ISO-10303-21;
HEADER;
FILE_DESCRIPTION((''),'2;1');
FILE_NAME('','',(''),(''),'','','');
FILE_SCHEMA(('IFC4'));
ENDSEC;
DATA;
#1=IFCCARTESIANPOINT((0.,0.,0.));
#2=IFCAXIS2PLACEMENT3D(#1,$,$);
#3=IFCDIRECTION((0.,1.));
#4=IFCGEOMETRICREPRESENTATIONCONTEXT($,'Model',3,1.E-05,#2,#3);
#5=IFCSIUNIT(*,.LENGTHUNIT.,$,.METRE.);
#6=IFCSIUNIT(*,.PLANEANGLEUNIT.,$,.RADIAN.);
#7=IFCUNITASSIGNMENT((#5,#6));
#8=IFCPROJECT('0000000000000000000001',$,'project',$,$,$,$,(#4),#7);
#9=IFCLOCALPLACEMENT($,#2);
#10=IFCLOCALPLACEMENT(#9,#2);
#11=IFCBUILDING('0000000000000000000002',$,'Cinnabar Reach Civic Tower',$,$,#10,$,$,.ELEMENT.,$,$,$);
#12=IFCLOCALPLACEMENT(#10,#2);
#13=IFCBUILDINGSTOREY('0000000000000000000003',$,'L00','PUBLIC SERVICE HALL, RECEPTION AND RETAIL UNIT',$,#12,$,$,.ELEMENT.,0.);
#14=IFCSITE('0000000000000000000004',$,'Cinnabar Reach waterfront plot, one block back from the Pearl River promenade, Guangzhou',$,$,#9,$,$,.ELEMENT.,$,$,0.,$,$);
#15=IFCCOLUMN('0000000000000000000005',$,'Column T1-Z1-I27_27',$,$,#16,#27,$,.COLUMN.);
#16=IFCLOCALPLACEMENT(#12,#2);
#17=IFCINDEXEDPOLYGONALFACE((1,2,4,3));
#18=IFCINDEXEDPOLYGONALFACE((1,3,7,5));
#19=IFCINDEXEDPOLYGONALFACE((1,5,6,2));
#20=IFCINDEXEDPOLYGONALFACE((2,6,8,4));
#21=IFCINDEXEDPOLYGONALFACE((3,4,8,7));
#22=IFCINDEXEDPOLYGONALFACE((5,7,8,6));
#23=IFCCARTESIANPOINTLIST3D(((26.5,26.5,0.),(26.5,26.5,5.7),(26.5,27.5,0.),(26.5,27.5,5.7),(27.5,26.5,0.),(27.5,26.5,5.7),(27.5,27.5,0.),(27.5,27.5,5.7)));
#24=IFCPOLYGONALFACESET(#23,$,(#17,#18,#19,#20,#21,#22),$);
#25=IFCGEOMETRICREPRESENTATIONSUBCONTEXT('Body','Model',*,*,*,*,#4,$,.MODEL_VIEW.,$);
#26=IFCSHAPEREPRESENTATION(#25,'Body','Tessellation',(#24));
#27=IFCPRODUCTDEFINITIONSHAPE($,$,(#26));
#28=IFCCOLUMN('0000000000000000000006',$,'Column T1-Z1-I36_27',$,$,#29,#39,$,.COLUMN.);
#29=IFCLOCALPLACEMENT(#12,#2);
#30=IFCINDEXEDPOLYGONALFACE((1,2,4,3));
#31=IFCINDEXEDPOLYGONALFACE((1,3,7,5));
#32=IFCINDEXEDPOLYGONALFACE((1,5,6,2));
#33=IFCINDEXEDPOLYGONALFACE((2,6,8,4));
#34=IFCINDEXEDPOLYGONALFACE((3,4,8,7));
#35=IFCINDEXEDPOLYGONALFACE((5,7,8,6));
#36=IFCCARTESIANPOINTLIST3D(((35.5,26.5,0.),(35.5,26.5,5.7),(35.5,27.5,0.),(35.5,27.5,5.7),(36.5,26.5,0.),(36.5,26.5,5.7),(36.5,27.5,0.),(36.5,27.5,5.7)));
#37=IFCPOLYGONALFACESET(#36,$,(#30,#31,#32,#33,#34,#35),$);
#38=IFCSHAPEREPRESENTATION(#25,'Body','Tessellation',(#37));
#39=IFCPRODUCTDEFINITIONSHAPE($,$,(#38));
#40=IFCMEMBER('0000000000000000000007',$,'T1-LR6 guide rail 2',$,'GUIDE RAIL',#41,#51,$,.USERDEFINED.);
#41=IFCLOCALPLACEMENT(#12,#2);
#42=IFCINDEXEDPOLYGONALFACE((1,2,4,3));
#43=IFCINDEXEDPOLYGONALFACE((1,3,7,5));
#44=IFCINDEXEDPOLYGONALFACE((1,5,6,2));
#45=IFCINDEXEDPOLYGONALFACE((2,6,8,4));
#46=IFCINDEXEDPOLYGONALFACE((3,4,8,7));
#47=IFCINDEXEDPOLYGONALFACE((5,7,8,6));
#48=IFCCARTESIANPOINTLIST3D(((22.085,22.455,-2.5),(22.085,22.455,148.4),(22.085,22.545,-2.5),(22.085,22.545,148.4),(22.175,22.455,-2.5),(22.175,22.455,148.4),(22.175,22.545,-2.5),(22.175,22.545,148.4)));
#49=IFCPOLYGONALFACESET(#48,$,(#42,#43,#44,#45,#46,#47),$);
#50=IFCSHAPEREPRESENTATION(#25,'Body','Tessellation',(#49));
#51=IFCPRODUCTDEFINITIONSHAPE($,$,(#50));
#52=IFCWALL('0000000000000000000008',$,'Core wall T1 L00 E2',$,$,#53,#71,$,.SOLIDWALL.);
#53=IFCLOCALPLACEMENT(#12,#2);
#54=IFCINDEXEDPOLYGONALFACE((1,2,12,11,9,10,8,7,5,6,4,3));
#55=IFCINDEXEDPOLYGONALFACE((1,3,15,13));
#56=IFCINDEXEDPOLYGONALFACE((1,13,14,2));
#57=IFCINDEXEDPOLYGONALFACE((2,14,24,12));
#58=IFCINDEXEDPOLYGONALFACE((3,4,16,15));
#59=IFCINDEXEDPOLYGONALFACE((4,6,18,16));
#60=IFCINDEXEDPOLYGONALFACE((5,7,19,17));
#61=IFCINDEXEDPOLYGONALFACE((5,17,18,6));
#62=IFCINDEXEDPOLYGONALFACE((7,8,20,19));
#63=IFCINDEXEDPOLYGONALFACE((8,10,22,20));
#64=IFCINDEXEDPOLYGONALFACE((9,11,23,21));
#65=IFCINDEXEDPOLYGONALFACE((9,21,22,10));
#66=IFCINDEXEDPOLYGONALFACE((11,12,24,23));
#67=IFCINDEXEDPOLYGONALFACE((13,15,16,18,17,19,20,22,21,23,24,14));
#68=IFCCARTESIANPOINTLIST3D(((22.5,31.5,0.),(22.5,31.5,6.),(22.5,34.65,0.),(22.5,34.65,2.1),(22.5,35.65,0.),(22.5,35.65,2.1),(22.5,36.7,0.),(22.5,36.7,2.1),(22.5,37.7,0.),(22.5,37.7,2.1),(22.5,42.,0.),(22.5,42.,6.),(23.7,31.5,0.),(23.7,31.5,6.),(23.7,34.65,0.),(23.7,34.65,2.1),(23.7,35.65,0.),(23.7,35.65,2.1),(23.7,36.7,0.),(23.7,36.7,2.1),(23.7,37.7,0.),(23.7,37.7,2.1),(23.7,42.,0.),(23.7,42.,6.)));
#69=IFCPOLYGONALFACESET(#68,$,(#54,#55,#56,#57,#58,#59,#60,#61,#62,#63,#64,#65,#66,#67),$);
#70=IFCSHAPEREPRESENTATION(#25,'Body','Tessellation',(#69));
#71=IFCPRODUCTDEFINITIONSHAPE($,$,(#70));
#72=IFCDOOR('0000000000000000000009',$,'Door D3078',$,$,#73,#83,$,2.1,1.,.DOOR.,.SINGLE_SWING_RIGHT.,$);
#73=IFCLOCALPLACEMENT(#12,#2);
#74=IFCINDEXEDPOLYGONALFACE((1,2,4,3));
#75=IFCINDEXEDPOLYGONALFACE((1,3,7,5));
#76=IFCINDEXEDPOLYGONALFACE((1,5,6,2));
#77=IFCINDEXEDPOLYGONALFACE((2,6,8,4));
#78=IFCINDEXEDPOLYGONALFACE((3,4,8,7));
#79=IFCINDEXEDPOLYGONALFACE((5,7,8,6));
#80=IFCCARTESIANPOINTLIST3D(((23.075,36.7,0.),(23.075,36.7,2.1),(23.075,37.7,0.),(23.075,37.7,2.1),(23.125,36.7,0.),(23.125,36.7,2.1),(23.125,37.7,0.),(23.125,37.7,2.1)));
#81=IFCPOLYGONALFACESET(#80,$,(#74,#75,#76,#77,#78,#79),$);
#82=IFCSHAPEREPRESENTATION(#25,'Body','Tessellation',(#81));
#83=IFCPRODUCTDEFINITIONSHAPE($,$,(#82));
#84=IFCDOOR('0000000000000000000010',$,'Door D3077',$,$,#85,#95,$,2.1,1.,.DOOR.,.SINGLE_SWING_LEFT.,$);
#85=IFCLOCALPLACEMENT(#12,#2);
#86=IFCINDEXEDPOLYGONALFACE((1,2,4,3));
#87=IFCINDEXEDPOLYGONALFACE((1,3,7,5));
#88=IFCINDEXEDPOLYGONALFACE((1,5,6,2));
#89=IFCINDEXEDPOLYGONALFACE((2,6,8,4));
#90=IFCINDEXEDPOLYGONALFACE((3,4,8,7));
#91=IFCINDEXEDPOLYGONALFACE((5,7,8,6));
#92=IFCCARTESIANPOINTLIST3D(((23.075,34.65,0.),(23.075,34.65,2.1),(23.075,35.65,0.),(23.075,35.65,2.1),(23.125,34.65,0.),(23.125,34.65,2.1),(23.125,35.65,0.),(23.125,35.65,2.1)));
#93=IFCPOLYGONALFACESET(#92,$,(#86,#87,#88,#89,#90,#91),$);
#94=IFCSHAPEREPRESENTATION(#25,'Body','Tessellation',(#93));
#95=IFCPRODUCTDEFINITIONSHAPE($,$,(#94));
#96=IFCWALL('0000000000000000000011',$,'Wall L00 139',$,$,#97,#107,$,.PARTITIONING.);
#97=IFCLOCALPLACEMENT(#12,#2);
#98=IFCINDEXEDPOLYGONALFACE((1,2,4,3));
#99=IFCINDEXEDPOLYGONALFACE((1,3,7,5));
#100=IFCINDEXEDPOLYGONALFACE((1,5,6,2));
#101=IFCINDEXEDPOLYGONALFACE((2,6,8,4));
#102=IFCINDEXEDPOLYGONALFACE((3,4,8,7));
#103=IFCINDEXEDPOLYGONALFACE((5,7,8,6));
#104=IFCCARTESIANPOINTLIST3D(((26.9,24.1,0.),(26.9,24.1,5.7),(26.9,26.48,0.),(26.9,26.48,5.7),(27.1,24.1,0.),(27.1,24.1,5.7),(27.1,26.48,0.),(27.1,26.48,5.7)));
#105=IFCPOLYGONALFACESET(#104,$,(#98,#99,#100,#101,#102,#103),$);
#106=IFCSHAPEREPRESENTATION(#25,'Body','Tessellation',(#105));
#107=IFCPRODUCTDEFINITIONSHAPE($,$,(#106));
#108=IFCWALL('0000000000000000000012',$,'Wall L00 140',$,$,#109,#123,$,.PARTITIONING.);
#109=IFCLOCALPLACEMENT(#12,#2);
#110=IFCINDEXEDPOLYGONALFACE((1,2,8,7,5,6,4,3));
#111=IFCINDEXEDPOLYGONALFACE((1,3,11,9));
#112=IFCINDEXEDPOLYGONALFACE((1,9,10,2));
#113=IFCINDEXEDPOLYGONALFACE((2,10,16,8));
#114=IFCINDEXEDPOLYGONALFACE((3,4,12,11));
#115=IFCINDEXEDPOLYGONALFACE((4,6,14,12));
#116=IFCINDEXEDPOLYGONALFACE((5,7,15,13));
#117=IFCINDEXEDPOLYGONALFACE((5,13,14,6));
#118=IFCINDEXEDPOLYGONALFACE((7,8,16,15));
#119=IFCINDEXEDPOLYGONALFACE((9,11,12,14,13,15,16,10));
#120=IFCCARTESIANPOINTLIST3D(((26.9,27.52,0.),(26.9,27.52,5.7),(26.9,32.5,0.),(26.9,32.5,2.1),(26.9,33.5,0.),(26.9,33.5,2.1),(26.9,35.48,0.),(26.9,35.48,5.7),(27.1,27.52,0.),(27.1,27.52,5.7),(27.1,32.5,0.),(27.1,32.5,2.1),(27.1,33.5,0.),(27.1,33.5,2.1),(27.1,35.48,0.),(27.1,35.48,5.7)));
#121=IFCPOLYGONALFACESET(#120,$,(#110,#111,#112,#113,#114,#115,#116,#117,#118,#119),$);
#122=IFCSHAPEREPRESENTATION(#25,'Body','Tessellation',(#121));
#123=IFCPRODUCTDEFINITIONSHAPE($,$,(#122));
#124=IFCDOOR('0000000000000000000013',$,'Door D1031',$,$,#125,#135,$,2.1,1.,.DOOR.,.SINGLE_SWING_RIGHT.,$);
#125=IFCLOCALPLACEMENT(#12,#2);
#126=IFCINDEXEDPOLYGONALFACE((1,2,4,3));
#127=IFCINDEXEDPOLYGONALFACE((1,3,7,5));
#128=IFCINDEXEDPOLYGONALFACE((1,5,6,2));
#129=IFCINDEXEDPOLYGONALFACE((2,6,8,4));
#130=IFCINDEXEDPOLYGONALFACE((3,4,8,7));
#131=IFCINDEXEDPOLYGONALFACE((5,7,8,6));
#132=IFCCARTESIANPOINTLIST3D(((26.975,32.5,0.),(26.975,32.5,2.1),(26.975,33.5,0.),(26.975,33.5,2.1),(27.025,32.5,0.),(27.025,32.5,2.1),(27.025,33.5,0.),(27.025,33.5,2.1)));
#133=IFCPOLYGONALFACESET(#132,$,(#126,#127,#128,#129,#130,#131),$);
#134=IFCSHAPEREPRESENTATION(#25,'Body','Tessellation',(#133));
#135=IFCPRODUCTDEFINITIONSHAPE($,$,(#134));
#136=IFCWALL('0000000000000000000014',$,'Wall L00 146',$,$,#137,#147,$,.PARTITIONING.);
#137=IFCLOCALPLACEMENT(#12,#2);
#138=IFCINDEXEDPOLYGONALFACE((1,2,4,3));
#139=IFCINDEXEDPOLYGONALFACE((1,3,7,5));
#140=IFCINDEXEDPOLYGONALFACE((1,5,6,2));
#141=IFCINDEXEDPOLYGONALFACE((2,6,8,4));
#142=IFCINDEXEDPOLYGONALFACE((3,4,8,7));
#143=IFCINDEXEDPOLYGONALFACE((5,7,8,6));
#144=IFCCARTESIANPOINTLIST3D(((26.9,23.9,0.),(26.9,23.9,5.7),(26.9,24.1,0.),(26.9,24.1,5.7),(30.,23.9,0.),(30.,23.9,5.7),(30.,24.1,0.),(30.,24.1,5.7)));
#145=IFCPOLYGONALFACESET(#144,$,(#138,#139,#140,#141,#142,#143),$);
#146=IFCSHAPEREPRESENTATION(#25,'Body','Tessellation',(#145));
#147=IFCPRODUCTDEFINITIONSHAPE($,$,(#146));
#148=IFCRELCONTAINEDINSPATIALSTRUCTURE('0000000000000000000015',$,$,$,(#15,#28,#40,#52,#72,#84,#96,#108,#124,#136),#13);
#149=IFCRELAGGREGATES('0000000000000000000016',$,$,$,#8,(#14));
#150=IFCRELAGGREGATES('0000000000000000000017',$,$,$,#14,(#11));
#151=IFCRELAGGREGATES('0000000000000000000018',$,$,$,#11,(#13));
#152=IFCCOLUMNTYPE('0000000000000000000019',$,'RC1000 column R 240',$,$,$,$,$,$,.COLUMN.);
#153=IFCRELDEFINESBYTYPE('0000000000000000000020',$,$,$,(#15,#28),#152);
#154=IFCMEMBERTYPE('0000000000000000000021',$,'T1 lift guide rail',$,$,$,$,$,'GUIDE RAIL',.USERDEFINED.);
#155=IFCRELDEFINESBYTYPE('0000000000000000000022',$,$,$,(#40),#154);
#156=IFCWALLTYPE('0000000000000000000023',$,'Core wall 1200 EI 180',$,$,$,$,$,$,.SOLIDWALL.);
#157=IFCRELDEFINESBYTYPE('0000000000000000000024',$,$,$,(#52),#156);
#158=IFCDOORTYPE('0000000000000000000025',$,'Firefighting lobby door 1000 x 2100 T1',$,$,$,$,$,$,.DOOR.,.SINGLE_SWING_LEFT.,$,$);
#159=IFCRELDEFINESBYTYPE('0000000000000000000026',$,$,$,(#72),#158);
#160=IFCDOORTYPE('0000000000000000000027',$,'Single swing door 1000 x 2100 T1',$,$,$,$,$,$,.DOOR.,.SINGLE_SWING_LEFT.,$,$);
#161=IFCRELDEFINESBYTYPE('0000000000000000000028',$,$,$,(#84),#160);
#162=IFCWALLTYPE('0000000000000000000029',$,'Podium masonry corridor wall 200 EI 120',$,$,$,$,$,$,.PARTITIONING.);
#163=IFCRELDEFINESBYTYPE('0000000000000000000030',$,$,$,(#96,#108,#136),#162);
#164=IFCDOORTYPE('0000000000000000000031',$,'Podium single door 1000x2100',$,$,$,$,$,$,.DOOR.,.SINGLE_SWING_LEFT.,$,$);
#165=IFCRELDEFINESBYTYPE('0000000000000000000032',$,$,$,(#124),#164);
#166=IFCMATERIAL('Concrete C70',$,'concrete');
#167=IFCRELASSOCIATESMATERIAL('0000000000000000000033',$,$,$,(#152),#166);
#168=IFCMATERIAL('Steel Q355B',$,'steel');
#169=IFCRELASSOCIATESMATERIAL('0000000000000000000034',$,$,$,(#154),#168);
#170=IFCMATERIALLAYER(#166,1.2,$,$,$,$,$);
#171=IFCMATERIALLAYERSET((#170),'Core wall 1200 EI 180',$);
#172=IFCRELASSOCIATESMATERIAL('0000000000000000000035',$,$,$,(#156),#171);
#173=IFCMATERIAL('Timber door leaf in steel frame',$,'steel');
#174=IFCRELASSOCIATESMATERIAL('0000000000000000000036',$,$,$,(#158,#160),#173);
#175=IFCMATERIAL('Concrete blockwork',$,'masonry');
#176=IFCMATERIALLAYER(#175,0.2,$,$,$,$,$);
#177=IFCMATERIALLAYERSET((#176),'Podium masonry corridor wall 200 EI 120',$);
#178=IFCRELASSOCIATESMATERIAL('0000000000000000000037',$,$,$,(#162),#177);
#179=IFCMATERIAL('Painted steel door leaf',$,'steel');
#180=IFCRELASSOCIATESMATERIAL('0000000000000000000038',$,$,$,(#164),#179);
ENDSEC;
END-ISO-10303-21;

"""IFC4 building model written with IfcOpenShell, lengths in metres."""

from ifc_helpers import new_model, si_unit, direction, frame, frame_2d, origin, origin_2d, place, context, subcontext, project, spatial, rectangle, extrude, material, layer, layer_set, material_profile, profile_set, type_object, element, fill, save


model = new_model("IFC4")

# Units and contexts
model_context = context("Model", 3, precision=1e-05, world=origin(), true_north=direction((0.0, 1.0)))
body_context = subcontext(model_context, "Body", "Model", "MODEL_VIEW")
ifc_project = project(units=[si_unit("LENGTHUNIT", "METRE"), si_unit("PLANEANGLEUNIT", "RADIAN")], contexts=[model_context])

# Site, building, storey
site_placement = place(None, origin())
site = spatial("IfcSite", under=ifc_project, at=site_placement, Name="Cinnabar Reach waterfront plot, one block back from the Pearl River promenade, Guangzhou", CompositionType="ELEMENT", RefElevation=0.0)
building_placement = place(site_placement, origin())
building = spatial("IfcBuilding", under=site, at=building_placement, Name="Cinnabar Reach Civic Tower", CompositionType="ELEMENT")
storey_placement = place(building_placement, origin())
storey = spatial("IfcBuildingStorey", under=building, at=storey_placement, Name="L00", Description="PUBLIC SERVICE HALL, RECEPTION AND RETAIL UNIT", CompositionType="ELEMENT", Elevation=0.0)

# Columns
ifc_material_1 = material(Name="Concrete C70", Category="concrete")
ifc_material_profile_1 = material_profile(ifc_material_1, rectangle(XDim=1.0, YDim=1.0, at=origin_2d()), Name="RC1000")
ifc_profile_set_1 = profile_set([ifc_material_profile_1], Name="Concrete C70")
column_type = type_object("IfcColumnType", Name="RC1000 column R 240", PredefinedType="COLUMN", material=ifc_profile_set_1)
for number, where, z_axis, x_axis, name in (
    (1, (27.0, 27.0, 0.0), (0.0, 0.0, 1.0), (1.0, 0.0, 0.0), "Column T1-Z1-I27_27"),
    (2, (36.0, 27.0, 0.0), (0.0, 0.0, 1.0), (1.0, 0.0, 0.0), "Column T1-Z1-I36_27"),
):
    element("IfcColumn", number, at=place(storey_placement, frame(where, z_axis=z_axis, x_axis=x_axis)), inside=storey, type_object=column_type, Name=name, PredefinedType="COLUMN", context=body_context, shape_type="SweptSolid", body=[
        extrude(rectangle(XDim=1.0, YDim=1.0, at=origin_2d()), origin(), (0.0, 0.0, 1.0), 5.7),
    ])

# Member
ifc_material_2 = material(Name="Steel Q355B", Category="steel")
ifc_material_profile_2 = material_profile(ifc_material_2, rectangle(XDim=0.09, YDim=0.09, at=origin_2d()), Name="T1 lift guide rail")
ifc_profile_set_2 = profile_set([ifc_material_profile_2], Name="Steel Q355B")
member_type = type_object("IfcMemberType", Name="T1 lift guide rail", ElementType="GUIDE RAIL", PredefinedType="USERDEFINED", material=ifc_profile_set_2)
member_placement = place(storey_placement, frame((22.13, 22.5, -2.5), z_axis=(0.0, 0.0, 1.0), x_axis=(1.0, 0.0, 0.0)))
element("IfcMember", 3, at=member_placement, inside=storey, type_object=member_type, Name="T1-LR6 guide rail 2", ObjectType="GUIDE RAIL", PredefinedType="USERDEFINED", context=body_context, shape_type="SweptSolid", body=[
    extrude(rectangle(XDim=0.09, YDim=0.09, at=origin_2d()), origin(), (0.0, 0.0, 1.0), 150.9),
])

# Wall, openings, doors
ifc_layer_1 = layer(ifc_material_1, 1.2)
ifc_layer_set_1 = layer_set([ifc_layer_1], Name="Core wall 1200 EI 180")
wall_type_1 = type_object("IfcWallType", Name="Core wall 1200 EI 180", PredefinedType="SOLIDWALL", material=ifc_layer_set_1)
wall_1_placement = place(storey_placement, frame((23.1, 31.5, 0.0), z_axis=(0.0, 0.0, 1.0), x_axis=(0.0, 1.0, 0.0)))
wall_1 = element("IfcWall", 4, at=wall_1_placement, inside=storey, type_object=wall_type_1, Name="Core wall T1 L00 E2", PredefinedType="SOLIDWALL", context=body_context, shape_type="SweptSolid", body=[
    extrude(rectangle(XDim=10.5, YDim=1.2, at=frame_2d((5.25, 0.0))), origin(), (0.0, 0.0, 1.0), 6.0),
])
opening_1_placement = place(wall_1_placement, frame((3.15, 0.0, 0.0)))
opening_1 = element("IfcOpeningElement", 5, at=opening_1_placement, cuts=wall_1, PredefinedType="OPENING", context=body_context, shape_type="SweptSolid", body=[
    extrude(rectangle(XDim=1.0, YDim=2.1, at=frame_2d((0.5, 1.05))), frame((0.0, 0.61, 0.0), z_axis=(0.0, -1.0, 0.0), x_axis=(1.0, 0.0, 0.0)), (0.0, 0.0, 1.0), 1.22),
])
opening_2_placement = place(wall_1_placement, frame((5.2, 0.0, 0.0)))
opening_2 = element("IfcOpeningElement", 6, at=opening_2_placement, cuts=wall_1, PredefinedType="OPENING", context=body_context, shape_type="SweptSolid", body=[
    extrude(rectangle(XDim=1.0, YDim=2.1, at=frame_2d((0.5, 1.05))), frame((0.0, 0.61, 0.0), z_axis=(0.0, -1.0, 0.0), x_axis=(1.0, 0.0, 0.0)), (0.0, 0.0, 1.0), 1.22),
])
ifc_material_3 = material(Name="Timber door leaf in steel frame", Category="steel")
door_type_1 = type_object("IfcDoorType", Name="Firefighting lobby door 1000 x 2100 T1", OperationType="SINGLE_SWING_LEFT", PredefinedType="DOOR", material=ifc_material_3)
door_1_placement = place(opening_2_placement, frame((1.0, 0.0, 0.0), z_axis=(0.0, 0.0, 1.0), x_axis=(-1.0, 0.0, 0.0)))
door_1 = element("IfcDoor", 7, at=door_1_placement, inside=storey, type_object=door_type_1, Name="Door D3078", OperationType="SINGLE_SWING_RIGHT", OverallHeight=2.1, OverallWidth=1.0, PredefinedType="DOOR", context=body_context, shape_type="SweptSolid", body=[
    extrude(rectangle(XDim=1.0, YDim=2.1, at=frame_2d((0.5, 1.05))), frame((0.0, 0.025, 0.0), z_axis=(0.0, -1.0, 0.0), x_axis=(1.0, 0.0, 0.0)), (0.0, 0.0, 1.0), 0.05),
])
fill(opening_2, door_1)
door_type_2 = type_object("IfcDoorType", Name="Single swing door 1000 x 2100 T1", OperationType="SINGLE_SWING_LEFT", PredefinedType="DOOR", material=ifc_material_3)
door_2_placement = place(opening_1_placement, frame((1.0, 0.0, 0.0), z_axis=(0.0, 0.0, 1.0), x_axis=(-1.0, 0.0, 0.0)))
door_2 = element("IfcDoor", 8, at=door_2_placement, inside=storey, type_object=door_type_2, Name="Door D3077", OperationType="SINGLE_SWING_LEFT", OverallHeight=2.1, OverallWidth=1.0, PredefinedType="DOOR", context=body_context, shape_type="SweptSolid", body=[
    extrude(rectangle(XDim=1.0, YDim=2.1, at=frame_2d((0.5, 1.05))), frame((0.0, 0.025, 0.0), z_axis=(0.0, -1.0, 0.0), x_axis=(1.0, 0.0, 0.0)), (0.0, 0.0, 1.0), 0.05),
])
fill(opening_1, door_2)

# Wall
ifc_material_4 = material(Name="Concrete blockwork", Category="masonry")
ifc_layer_2 = layer(ifc_material_4, 0.2)
ifc_layer_set_2 = layer_set([ifc_layer_2], Name="Podium masonry corridor wall 200 EI 120")
wall_type_2 = type_object("IfcWallType", Name="Podium masonry corridor wall 200 EI 120", PredefinedType="PARTITIONING", material=ifc_layer_set_2)
wall_2_placement = place(storey_placement, frame((27.0, 24.1, 0.0), z_axis=(0.0, 0.0, 1.0), x_axis=(0.0, 1.0, 0.0)))
element("IfcWall", 9, at=wall_2_placement, inside=storey, type_object=wall_type_2, Name="Wall L00 139", PredefinedType="PARTITIONING", context=body_context, shape_type="SweptSolid", body=[
    extrude(rectangle(XDim=2.38, YDim=0.2, at=frame_2d((1.19, 0.0))), origin(), (0.0, 0.0, 1.0), 5.7),
])

# Wall, opening, door
wall_3_placement = place(storey_placement, frame((27.0, 27.52, 0.0), z_axis=(0.0, 0.0, 1.0), x_axis=(0.0, 1.0, 0.0)))
wall_3 = element("IfcWall", 10, at=wall_3_placement, inside=storey, type_object=wall_type_2, Name="Wall L00 140", PredefinedType="PARTITIONING", context=body_context, shape_type="SweptSolid", body=[
    extrude(rectangle(XDim=7.96, YDim=0.2, at=frame_2d((3.98, 0.0))), origin(), (0.0, 0.0, 1.0), 5.7),
])
opening_3_placement = place(wall_3_placement, frame((4.98, 0.0, 0.0)))
opening_3 = element("IfcOpeningElement", 11, at=opening_3_placement, cuts=wall_3, PredefinedType="OPENING", context=body_context, shape_type="SweptSolid", body=[
    extrude(rectangle(XDim=1.0, YDim=2.1, at=frame_2d((0.5, 1.05))), frame((0.0, 0.11, 0.0), z_axis=(0.0, -1.0, 0.0), x_axis=(1.0, 0.0, 0.0)), (0.0, 0.0, 1.0), 0.22),
])
ifc_material_5 = material(Name="Painted steel door leaf", Category="steel")
door_type_3 = type_object("IfcDoorType", Name="Podium single door 1000x2100", OperationType="SINGLE_SWING_LEFT", PredefinedType="DOOR", material=ifc_material_5)
door_3_placement = place(opening_3_placement, frame((1.0, 0.0, 0.0), z_axis=(0.0, 0.0, 1.0), x_axis=(-1.0, 0.0, 0.0)))
door_3 = element("IfcDoor", 12, at=door_3_placement, inside=storey, type_object=door_type_3, Name="Door D1031", OperationType="SINGLE_SWING_RIGHT", OverallHeight=2.1, OverallWidth=1.0, PredefinedType="DOOR", context=body_context, shape_type="SweptSolid", body=[
    extrude(rectangle(XDim=1.0, YDim=2.1, at=frame_2d((0.5, 1.05))), frame((0.0, 0.025, 0.0), z_axis=(0.0, -1.0, 0.0), x_axis=(1.0, 0.0, 0.0)), (0.0, 0.0, 1.0), 0.05),
])
fill(opening_3, door_3)

# Wall
wall_4_placement = place(storey_placement, frame((26.9, 24.0, 0.0), z_axis=(0.0, 0.0, 1.0), x_axis=(1.0, 0.0, 0.0)))
element("IfcWall", 13, at=wall_4_placement, inside=storey, type_object=wall_type_2, Name="Wall L00 146", PredefinedType="PARTITIONING", context=body_context, shape_type="SweptSolid", body=[
    extrude(rectangle(XDim=3.1, YDim=0.2, at=frame_2d((1.55, 0.0))), origin(), (0.0, 0.0, 1.0), 5.7),
])

save(model, "model.ifc")
